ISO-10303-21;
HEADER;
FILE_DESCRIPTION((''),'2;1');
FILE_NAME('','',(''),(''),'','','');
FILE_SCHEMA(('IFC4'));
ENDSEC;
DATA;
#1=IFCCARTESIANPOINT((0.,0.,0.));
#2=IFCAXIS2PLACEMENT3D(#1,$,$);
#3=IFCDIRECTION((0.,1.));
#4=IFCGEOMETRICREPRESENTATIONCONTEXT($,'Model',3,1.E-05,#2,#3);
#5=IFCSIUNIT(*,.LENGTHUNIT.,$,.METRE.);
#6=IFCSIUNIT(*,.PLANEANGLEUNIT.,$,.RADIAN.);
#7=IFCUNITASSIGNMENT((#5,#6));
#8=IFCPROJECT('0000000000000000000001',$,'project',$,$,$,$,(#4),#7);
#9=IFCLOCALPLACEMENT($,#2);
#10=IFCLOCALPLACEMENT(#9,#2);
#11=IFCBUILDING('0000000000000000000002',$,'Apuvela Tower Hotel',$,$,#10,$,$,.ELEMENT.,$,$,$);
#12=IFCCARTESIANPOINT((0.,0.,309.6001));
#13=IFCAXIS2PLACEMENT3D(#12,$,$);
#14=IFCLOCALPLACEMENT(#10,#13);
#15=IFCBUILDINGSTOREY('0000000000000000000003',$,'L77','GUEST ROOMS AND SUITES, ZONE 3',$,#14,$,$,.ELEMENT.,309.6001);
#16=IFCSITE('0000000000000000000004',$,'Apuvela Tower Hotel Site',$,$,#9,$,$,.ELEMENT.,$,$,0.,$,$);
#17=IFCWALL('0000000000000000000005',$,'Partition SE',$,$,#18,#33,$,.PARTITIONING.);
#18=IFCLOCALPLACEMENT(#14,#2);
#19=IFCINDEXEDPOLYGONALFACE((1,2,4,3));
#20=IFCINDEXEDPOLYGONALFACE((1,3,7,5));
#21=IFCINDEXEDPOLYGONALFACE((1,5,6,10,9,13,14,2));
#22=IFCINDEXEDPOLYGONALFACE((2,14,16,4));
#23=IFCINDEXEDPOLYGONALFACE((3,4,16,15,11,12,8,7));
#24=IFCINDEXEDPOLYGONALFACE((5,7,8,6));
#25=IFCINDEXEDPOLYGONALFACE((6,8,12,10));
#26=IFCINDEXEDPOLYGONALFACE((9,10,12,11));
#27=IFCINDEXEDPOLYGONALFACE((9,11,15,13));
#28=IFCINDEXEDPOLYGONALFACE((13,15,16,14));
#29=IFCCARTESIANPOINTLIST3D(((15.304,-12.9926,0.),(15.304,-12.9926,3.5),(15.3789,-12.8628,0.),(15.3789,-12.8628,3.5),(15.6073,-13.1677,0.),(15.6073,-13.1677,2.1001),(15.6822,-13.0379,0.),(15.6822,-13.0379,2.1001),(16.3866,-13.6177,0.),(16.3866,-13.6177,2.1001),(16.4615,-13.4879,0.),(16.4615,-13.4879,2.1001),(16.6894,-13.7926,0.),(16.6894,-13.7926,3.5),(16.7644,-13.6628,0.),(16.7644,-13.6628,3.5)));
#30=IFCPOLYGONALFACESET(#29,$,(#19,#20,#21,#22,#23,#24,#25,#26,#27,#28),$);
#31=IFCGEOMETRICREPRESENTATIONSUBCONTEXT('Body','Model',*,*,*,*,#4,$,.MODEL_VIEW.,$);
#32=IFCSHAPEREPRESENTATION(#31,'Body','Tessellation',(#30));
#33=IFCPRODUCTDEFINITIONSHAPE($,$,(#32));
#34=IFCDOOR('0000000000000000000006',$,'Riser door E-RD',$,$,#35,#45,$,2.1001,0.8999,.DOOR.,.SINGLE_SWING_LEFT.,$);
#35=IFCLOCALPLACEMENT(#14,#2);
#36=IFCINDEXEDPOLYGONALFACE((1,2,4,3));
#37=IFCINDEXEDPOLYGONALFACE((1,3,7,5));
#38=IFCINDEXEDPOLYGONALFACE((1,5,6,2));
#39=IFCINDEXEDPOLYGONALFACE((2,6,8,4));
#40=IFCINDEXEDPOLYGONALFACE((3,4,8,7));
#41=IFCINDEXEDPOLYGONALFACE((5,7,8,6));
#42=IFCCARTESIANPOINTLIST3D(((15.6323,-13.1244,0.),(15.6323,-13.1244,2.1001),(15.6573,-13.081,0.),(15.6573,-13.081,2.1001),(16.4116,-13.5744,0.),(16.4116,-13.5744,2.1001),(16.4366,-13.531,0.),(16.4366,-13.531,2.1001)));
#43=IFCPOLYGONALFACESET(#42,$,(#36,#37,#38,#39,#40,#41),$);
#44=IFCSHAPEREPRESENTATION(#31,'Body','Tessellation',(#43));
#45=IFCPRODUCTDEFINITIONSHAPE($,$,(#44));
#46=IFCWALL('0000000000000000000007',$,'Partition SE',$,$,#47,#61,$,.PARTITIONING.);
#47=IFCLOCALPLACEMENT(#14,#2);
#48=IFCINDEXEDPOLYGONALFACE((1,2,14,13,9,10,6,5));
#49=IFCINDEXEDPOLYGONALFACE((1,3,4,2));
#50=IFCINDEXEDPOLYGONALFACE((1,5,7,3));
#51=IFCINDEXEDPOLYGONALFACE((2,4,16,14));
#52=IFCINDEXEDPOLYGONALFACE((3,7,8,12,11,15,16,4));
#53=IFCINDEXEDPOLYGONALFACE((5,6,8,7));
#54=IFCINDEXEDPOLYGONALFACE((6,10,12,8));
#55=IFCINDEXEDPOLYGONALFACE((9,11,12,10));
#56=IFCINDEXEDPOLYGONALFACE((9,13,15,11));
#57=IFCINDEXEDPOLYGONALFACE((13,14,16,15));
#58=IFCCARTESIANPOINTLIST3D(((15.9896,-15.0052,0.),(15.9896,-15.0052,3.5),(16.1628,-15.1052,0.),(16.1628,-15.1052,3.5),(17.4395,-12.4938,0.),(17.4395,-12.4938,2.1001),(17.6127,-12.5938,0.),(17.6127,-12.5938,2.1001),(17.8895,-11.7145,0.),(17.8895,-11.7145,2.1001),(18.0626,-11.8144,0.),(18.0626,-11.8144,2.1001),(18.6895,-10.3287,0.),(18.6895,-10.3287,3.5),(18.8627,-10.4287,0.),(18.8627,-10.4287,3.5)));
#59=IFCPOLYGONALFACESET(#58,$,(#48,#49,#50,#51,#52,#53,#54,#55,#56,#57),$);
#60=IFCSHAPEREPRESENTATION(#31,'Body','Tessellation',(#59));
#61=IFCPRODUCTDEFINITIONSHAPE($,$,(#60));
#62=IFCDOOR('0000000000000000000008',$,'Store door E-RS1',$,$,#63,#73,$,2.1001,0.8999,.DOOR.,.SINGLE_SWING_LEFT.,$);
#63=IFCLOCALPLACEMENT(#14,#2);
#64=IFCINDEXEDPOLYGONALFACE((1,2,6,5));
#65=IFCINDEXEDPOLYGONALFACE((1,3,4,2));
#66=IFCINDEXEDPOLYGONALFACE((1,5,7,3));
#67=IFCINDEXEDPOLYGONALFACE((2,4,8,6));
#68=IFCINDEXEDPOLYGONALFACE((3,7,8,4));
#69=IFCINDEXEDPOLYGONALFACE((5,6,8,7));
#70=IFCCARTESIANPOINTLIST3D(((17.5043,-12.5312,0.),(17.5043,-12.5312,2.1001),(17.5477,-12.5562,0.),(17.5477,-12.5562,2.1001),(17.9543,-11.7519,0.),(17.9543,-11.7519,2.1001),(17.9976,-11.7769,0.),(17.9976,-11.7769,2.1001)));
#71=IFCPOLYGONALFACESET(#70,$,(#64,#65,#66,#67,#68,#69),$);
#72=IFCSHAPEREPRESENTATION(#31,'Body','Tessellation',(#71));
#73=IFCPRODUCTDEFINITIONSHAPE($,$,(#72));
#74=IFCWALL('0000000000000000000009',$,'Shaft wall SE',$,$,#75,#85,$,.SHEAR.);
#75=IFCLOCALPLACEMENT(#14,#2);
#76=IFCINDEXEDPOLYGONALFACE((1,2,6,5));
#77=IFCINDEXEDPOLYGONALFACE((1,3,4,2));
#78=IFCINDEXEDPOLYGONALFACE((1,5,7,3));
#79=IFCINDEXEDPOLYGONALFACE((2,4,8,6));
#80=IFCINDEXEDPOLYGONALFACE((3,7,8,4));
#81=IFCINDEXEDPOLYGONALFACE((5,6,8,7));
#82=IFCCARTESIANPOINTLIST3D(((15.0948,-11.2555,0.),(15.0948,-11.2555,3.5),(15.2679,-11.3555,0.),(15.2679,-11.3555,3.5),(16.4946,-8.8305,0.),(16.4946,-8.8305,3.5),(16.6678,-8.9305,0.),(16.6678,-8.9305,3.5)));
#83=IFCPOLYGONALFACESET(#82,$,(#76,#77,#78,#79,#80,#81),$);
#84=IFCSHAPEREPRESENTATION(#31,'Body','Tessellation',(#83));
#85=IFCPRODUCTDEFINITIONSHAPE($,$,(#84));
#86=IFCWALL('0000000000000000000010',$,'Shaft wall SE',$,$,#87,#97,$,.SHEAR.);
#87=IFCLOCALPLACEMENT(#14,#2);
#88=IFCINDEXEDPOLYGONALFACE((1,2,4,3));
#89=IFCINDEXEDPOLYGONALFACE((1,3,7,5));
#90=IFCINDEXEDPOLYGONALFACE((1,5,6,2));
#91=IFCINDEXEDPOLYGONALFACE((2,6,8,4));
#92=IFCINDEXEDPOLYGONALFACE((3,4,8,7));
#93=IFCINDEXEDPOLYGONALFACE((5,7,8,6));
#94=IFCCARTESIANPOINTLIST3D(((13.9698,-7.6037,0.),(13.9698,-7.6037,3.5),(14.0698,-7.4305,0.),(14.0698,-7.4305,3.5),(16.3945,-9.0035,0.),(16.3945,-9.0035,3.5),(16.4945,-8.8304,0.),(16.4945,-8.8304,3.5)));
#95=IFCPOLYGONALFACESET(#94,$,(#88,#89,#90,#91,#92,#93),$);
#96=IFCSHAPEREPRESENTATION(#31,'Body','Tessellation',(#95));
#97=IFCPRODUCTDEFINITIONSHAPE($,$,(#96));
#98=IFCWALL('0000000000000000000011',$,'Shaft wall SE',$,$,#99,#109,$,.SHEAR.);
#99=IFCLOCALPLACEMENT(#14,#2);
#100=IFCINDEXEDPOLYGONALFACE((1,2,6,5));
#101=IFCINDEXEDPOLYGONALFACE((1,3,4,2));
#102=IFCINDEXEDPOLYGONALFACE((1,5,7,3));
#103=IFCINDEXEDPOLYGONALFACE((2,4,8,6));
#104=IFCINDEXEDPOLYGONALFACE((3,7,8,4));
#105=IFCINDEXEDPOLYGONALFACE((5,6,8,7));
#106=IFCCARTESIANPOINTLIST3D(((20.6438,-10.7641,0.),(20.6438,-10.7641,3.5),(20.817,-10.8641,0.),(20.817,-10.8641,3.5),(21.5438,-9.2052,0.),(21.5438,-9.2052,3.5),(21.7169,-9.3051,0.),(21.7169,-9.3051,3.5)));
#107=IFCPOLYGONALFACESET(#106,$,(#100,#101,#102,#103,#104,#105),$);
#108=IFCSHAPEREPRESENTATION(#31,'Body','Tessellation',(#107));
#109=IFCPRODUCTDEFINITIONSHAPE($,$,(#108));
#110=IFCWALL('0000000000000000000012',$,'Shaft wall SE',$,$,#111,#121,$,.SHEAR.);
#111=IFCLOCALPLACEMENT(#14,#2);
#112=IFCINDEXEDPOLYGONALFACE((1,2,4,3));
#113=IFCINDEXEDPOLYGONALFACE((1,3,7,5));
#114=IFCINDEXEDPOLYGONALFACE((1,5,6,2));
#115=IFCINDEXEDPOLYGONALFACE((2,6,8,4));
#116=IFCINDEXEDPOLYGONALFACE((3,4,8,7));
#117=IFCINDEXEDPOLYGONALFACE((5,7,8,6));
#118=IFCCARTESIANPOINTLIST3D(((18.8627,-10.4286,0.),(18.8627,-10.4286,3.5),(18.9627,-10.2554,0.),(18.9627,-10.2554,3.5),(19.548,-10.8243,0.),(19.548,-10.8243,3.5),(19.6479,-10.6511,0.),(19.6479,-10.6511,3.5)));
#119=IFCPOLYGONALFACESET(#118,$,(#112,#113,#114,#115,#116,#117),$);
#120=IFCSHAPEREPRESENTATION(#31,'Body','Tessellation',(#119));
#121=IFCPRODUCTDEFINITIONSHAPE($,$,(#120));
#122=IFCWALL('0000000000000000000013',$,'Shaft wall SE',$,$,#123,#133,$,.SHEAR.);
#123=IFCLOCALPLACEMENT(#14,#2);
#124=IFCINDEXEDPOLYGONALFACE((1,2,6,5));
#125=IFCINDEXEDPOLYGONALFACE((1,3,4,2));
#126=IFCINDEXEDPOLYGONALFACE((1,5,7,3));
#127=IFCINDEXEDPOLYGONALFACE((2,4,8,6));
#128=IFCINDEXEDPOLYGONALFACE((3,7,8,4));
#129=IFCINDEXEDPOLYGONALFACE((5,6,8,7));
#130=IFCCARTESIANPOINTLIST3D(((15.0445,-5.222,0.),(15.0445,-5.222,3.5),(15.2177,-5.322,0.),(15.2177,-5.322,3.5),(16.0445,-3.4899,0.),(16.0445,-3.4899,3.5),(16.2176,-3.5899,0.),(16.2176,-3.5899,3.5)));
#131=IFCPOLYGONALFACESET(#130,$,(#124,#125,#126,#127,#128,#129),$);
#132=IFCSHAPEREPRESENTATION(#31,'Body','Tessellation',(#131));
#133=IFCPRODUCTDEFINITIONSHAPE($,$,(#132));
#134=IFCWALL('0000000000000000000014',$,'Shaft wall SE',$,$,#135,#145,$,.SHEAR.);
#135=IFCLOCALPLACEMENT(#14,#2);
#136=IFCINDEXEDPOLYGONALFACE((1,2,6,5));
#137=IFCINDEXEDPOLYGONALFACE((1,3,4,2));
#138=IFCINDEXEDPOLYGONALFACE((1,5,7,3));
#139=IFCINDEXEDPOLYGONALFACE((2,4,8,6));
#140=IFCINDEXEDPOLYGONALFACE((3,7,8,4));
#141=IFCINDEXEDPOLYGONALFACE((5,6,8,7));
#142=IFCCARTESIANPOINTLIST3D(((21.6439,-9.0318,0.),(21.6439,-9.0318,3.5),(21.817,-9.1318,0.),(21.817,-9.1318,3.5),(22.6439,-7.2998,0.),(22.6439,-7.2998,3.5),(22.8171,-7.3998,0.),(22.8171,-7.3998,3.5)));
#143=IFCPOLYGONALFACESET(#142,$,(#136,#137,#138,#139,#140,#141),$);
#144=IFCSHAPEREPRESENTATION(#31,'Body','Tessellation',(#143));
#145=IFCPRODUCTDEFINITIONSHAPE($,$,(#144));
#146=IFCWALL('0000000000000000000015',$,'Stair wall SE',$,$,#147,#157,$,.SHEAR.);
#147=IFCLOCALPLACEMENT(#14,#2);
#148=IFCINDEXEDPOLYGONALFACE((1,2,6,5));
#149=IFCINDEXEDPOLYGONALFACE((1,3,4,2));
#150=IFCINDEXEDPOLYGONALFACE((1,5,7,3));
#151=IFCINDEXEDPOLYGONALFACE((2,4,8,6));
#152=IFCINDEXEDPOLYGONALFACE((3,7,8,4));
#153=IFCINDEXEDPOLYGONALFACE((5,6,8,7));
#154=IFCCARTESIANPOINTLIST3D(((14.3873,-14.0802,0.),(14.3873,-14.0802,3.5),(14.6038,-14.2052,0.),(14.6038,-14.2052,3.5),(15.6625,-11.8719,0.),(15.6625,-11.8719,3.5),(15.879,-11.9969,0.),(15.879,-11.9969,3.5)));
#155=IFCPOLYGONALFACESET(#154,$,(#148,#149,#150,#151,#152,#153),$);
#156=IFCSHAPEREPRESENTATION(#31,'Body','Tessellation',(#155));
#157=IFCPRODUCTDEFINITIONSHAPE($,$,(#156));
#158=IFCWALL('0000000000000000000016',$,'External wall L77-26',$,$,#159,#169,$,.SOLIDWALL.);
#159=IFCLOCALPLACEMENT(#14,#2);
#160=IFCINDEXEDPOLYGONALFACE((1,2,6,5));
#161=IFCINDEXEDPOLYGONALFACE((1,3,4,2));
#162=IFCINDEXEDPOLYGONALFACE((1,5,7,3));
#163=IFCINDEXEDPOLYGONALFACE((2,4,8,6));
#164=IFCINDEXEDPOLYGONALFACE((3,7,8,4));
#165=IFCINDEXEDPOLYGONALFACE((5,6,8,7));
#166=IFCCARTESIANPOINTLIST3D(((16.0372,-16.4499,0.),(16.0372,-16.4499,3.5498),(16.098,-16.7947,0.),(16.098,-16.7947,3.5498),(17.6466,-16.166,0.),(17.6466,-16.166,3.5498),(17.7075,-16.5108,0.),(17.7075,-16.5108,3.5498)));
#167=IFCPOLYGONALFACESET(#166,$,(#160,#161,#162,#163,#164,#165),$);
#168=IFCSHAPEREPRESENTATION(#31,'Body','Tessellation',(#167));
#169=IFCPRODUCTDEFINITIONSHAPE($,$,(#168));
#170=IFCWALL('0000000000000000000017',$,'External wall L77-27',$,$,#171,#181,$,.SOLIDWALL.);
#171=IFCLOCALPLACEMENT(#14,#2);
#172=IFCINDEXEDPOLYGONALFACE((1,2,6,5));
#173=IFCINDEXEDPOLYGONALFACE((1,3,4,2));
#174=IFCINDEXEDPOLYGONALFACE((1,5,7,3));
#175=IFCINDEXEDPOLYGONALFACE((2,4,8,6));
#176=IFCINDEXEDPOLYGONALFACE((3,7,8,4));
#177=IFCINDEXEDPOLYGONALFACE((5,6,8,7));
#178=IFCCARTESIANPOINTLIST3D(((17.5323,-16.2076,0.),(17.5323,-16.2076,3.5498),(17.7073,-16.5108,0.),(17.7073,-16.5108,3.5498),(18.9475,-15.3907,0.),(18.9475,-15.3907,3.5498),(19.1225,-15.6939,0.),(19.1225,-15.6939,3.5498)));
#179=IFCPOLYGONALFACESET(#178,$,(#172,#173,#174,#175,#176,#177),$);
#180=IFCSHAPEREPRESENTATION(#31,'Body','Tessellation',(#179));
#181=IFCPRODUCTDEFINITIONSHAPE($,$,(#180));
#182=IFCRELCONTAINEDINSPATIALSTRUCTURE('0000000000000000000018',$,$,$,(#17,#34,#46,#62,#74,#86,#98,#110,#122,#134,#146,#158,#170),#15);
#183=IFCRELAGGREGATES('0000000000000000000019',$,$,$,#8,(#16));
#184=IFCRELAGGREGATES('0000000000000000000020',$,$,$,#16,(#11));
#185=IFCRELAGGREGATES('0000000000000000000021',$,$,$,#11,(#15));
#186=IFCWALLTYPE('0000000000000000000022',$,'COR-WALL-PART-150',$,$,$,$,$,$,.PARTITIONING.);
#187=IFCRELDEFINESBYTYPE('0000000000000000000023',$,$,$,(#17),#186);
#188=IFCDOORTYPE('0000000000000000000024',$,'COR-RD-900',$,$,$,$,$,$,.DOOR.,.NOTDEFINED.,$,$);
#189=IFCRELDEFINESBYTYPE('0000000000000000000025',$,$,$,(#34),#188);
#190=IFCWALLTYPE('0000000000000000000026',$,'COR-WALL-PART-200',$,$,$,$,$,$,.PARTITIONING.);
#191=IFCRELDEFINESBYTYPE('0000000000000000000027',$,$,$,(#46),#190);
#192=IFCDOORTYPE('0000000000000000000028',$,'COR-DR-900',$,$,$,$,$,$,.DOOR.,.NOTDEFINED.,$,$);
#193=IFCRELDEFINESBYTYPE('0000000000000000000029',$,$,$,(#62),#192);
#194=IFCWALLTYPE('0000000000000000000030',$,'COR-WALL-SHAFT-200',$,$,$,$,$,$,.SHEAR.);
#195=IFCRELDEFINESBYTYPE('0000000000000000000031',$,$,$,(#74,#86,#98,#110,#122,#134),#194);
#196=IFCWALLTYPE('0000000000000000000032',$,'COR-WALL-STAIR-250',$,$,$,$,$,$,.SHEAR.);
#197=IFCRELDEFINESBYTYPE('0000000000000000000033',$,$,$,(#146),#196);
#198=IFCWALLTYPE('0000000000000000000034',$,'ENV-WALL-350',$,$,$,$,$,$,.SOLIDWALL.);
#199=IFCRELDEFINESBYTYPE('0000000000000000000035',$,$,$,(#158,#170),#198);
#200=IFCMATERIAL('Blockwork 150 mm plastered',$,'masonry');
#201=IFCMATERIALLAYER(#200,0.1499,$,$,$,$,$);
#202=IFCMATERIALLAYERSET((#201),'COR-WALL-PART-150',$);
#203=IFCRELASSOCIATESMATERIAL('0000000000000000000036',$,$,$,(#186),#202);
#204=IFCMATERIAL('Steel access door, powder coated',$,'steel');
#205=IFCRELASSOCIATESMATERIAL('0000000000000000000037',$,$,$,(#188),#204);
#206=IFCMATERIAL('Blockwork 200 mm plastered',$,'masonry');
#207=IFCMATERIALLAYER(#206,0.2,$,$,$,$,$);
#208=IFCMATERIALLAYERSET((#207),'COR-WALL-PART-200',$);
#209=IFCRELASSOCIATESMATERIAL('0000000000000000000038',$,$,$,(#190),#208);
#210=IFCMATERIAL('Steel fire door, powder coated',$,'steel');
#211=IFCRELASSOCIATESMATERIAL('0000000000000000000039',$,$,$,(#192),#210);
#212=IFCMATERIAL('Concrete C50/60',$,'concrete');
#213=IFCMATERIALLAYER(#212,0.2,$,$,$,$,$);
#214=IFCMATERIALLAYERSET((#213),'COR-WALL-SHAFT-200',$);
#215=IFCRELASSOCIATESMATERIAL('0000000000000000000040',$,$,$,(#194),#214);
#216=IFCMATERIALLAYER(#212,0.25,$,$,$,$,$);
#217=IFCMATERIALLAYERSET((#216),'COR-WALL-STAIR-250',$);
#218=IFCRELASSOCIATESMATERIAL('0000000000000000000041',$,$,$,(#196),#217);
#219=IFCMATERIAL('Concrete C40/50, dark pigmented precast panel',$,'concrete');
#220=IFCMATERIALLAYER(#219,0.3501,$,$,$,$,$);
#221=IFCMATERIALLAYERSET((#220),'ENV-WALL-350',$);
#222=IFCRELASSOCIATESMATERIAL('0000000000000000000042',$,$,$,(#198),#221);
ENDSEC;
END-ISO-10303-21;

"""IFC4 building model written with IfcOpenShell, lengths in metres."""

from ifc_helpers import new_model, si_unit, direction, frame, frame_2d, origin, place, context, subcontext, project, spatial, rectangle, extrude, material, layer, layer_set, type_object, element, fill, save


model = new_model("IFC4")

# Units and contexts
model_context = context("Model", 3, precision=1e-05, world=origin(), true_north=direction((0.0, 1.0)))
body_context = subcontext(model_context, "Body", "Model", "MODEL_VIEW")
ifc_project = project(units=[si_unit("LENGTHUNIT", "METRE"), si_unit("PLANEANGLEUNIT", "RADIAN")], contexts=[model_context])

# Site, building, storey
site_placement = place(None, origin())
site = spatial("IfcSite", under=ifc_project, at=site_placement, Name="Apuvela Tower Hotel Site", CompositionType="ELEMENT", RefElevation=0.0)
building_placement = place(site_placement, origin())
building = spatial("IfcBuilding", under=site, at=building_placement, Name="Apuvela Tower Hotel", CompositionType="ELEMENT")
storey_placement = place(building_placement, frame((0.0, 0.0, 309.6001)))
storey = spatial("IfcBuildingStorey", under=building, at=storey_placement, Name="L77", Description="GUEST ROOMS AND SUITES, ZONE 3", CompositionType="ELEMENT", Elevation=309.6001)

# Shared definitions
ifc_material_1 = material(Name="Concrete C50/60", Category="concrete")

# Walls, openings, doors
ifc_material_2 = material(Name="Blockwork 150 mm plastered", Category="masonry")
ifc_layer_1 = layer(ifc_material_2, 0.1499)
ifc_layer_set_1 = layer_set([ifc_layer_1], Name="COR-WALL-PART-150")
wall_type_1 = type_object("IfcWallType", Name="COR-WALL-PART-150", PredefinedType="PARTITIONING", material=ifc_layer_set_1)
wall_1_placement = place(storey_placement, frame((15.3416, -12.9277, 0.0), z_axis=(0.0, 0.0, 1.0), x_axis=(0.86599, -0.500061, 0.0)))
wall_1 = element("IfcWall", 1, at=wall_1_placement, inside=storey, type_object=wall_type_1, Name="Partition SE", PredefinedType="PARTITIONING", context=body_context, shape_type="SweptSolid", body=[
    extrude(rectangle(XDim=1.5999, YDim=0.1499, at=frame_2d((0.7998, 0.0))), origin(), (0.0, 0.0, 1.0), 3.5),
])
opening_1_placement = place(wall_1_placement, frame((0.3501, 0.0, 0.0)))
opening_1 = element("IfcOpeningElement", 2, at=opening_1_placement, cuts=wall_1, PredefinedType="OPENING", context=body_context, shape_type="SweptSolid", body=[
    extrude(rectangle(XDim=0.8999, YDim=2.1001, at=frame_2d((0.45, 1.05))), frame((0.0, 0.085, 0.0), z_axis=(0.0, -1.0, 0.0), x_axis=(1.0, 0.0, 0.0)), (0.0, 0.0, 1.0), 0.1699),
])
ifc_material_3 = material(Name="Steel access door, powder coated", Category="steel")
door_type_1 = type_object("IfcDoorType", Name="COR-RD-900", OperationType="NOTDEFINED", PredefinedType="DOOR", material=ifc_material_3)
door_1_placement = place(opening_1_placement, frame((0.8999, 0.0, 0.0), z_axis=(0.0, 0.0, 1.0), x_axis=(-1.0, 0.0, 0.0)))
door_1 = element("IfcDoor", 3, at=door_1_placement, inside=storey, type_object=door_type_1, Name="Riser door E-RD", OperationType="SINGLE_SWING_LEFT", OverallHeight=2.1001, OverallWidth=0.8999, PredefinedType="DOOR", context=body_context, shape_type="SweptSolid", body=[
    extrude(rectangle(XDim=0.8999, YDim=2.1001, at=frame_2d((0.45, 1.05))), frame((0.0, 0.0249, 0.0), z_axis=(0.0, -1.0, 0.0), x_axis=(1.0, 0.0, 0.0)), (0.0, 0.0, 1.0), 0.05),
])
fill(opening_1, door_1)
ifc_material_4 = material(Name="Blockwork 200 mm plastered", Category="masonry")
ifc_layer_2 = layer(ifc_material_4, 0.2)
ifc_layer_set_2 = layer_set([ifc_layer_2], Name="COR-WALL-PART-200")
wall_type_2 = type_object("IfcWallType", Name="COR-WALL-PART-200", PredefinedType="PARTITIONING", material=ifc_layer_set_2)
wall_2_placement = place(storey_placement, frame((16.0762, -15.0552, 0.0), z_axis=(0.0, 0.0, 1.0), x_axis=(0.499995, 0.866028, 0.0)))
wall_2 = element("IfcWall", 4, at=wall_2_placement, inside=storey, type_object=wall_type_2, Name="Partition SE", PredefinedType="PARTITIONING", context=body_context, shape_type="SweptSolid", body=[
    extrude(rectangle(XDim=5.3999, YDim=0.2, at=frame_2d((2.7, 0.0))), origin(), (0.0, 0.0, 1.0), 3.5),
])
opening_2_placement = place(wall_2_placement, frame((2.8999, 0.0, 0.0)))
opening_2 = element("IfcOpeningElement", 5, at=opening_2_placement, cuts=wall_2, PredefinedType="OPENING", context=body_context, shape_type="SweptSolid", body=[
    extrude(rectangle(XDim=0.8999, YDim=2.1001, at=frame_2d((0.45, 1.05))), frame((0.0, 0.1099, 0.0), z_axis=(0.0, -1.0, 0.0), x_axis=(1.0, 0.0, 0.0)), (0.0, 0.0, 1.0), 0.22),
])
ifc_material_5 = material(Name="Steel fire door, powder coated", Category="steel")
door_type_2 = type_object("IfcDoorType", Name="COR-DR-900", OperationType="NOTDEFINED", PredefinedType="DOOR", material=ifc_material_5)
door_2_placement = place(opening_2_placement, frame((0.8999, 0.0, 0.0), z_axis=(0.0, 0.0, 1.0), x_axis=(-1.0, 0.0, 0.0)))
door_2 = element("IfcDoor", 6, at=door_2_placement, inside=storey, type_object=door_type_2, Name="Store door E-RS1", OperationType="SINGLE_SWING_LEFT", OverallHeight=2.1001, OverallWidth=0.8999, PredefinedType="DOOR", context=body_context, shape_type="SweptSolid", body=[
    extrude(rectangle(XDim=0.8999, YDim=2.1001, at=frame_2d((0.45, 1.05))), frame((0.0, 0.0249, 0.0), z_axis=(0.0, -1.0, 0.0), x_axis=(1.0, 0.0, 0.0)), (0.0, 0.0, 1.0), 0.05),
])
fill(opening_2, door_2)

# Walls
ifc_layer_3 = layer(ifc_material_1, 0.2)
ifc_layer_set_3 = layer_set([ifc_layer_3], Name="COR-WALL-SHAFT-200")
wall_type_3 = type_object("IfcWallType", Name="COR-WALL-SHAFT-200", PredefinedType="SHEAR", material=ifc_layer_set_3)
wall_3_placement = place(storey_placement, frame((15.1814, -11.3054, 0.0), z_axis=(0.0, 0.0, 1.0), x_axis=(0.499946, 0.866056, 0.0)))
element("IfcWall", 7, at=wall_3_placement, inside=storey, type_object=wall_type_3, Name="Shaft wall SE", PredefinedType="SHEAR", context=body_context, shape_type="SweptSolid", body=[
    extrude(rectangle(XDim=2.8, YDim=0.2, at=frame_2d((1.3999, 0.0))), origin(), (0.0, 0.0, 1.0), 3.5),
])
wall_4_placement = place(storey_placement, frame((14.0198, -7.5171, 0.0), z_axis=(0.0, 0.0, 1.0), x_axis=(0.866035, -0.499984, 0.0)))
element("IfcWall", 8, at=wall_4_placement, inside=storey, type_object=wall_type_3, Name="Shaft wall SE", PredefinedType="SHEAR", context=body_context, shape_type="SweptSolid", body=[
    extrude(rectangle(XDim=2.7998, YDim=0.2, at=frame_2d((1.3999, 0.0))), origin(), (0.0, 0.0, 1.0), 3.5),
])
wall_5_placement = place(storey_placement, frame((20.7305, -10.814, 0.0), z_axis=(0.0, 0.0, 1.0), x_axis=(0.499961, 0.866048, 0.0)))
element("IfcWall", 9, at=wall_5_placement, inside=storey, type_object=wall_type_3, Name="Shaft wall SE", PredefinedType="SHEAR", context=body_context, shape_type="SweptSolid", body=[
    extrude(rectangle(XDim=1.8, YDim=0.2, at=frame_2d((0.8999, 0.0))), origin(), (0.0, 0.0, 1.0), 3.5),
])
wall_6_placement = place(storey_placement, frame((18.9128, -10.342, 0.0), z_axis=(0.0, 0.0, 1.0), x_axis=(0.865975, -0.500087, 0.0)))
element("IfcWall", 10, at=wall_6_placement, inside=storey, type_object=wall_type_3, Name="Shaft wall SE", PredefinedType="SHEAR", context=body_context, shape_type="SweptSolid", body=[
    extrude(rectangle(XDim=0.7913, YDim=0.2, at=frame_2d((0.3955, 0.0))), origin(), (0.0, 0.0, 1.0), 3.5),
])
for number, where, z_axis, x_axis, name in (
    (11, (15.1311, -5.272, 0.0), (0.0, 0.0, 1.0), (0.499973, 0.866041, 0.0), "Shaft wall SE"),
    (12, (21.7305, -9.0818, 0.0), (0.0, 0.0, 1.0), (0.500025, 0.866011, 0.0), "Shaft wall SE"),
):
    element("IfcWall", number, at=place(storey_placement, frame(where, z_axis=z_axis, x_axis=x_axis)), inside=storey, type_object=wall_type_3, Name=name, PredefinedType="SHEAR", context=body_context, shape_type="SweptSolid", body=[
        extrude(rectangle(XDim=2.0, YDim=0.2, at=frame_2d((1.0, 0.0))), origin(), (0.0, 0.0, 1.0), 3.5),
    ])
ifc_layer_4 = layer(ifc_material_1, 0.25)
ifc_layer_set_4 = layer_set([ifc_layer_4], Name="COR-WALL-STAIR-250")
wall_type_4 = type_object("IfcWallType", Name="COR-WALL-STAIR-250", PredefinedType="SHEAR", material=ifc_layer_set_4)
wall_7_placement = place(storey_placement, frame((14.4956, -14.1426, 0.0), z_axis=(0.0, 0.0, 1.0), x_axis=(0.500062, 0.865989, 0.0)))
element("IfcWall", 13, at=wall_7_placement, inside=storey, type_object=wall_type_4, Name="Stair wall SE", PredefinedType="SHEAR", context=body_context, shape_type="SweptSolid", body=[
    extrude(rectangle(XDim=2.55, YDim=0.25, at=frame_2d((1.2749, 0.0))), origin(), (0.0, 0.0, 1.0), 3.5),
])
ifc_material_6 = material(Name="Concrete C40/50, dark pigmented precast panel", Category="concrete")
ifc_layer_5 = layer(ifc_material_6, 0.3501)
ifc_layer_set_5 = layer_set([ifc_layer_5], Name="ENV-WALL-350")
wall_type_5 = type_object("IfcWallType", Name="ENV-WALL-350", PredefinedType="SOLIDWALL", material=ifc_layer_set_5)
wall_8_placement = place(storey_placement, frame((16.0676, -16.6223, 0.0), z_axis=(0.0, 0.0, 1.0), x_axis=(0.984791, 0.173743, 0.0)))
element("IfcWall", 14, at=wall_8_placement, inside=storey, type_object=wall_type_5, Name="External wall L77-26", PredefinedType="SOLIDWALL", context=body_context, shape_type="SweptSolid", body=[
    extrude(rectangle(XDim=1.6343, YDim=0.3501, at=frame_2d((0.8171, 0.0))), origin(), (0.0, 0.0, 1.0), 3.5498),
])
wall_9_placement = place(storey_placement, frame((17.6199, -16.3591, 0.0), z_axis=(0.0, 0.0, 1.0), x_axis=(0.866084, 0.499899, 0.0)))
element("IfcWall", 15, at=wall_9_placement, inside=storey, type_object=wall_type_5, Name="External wall L77-27", PredefinedType="SOLIDWALL", context=body_context, shape_type="SweptSolid", body=[
    extrude(rectangle(XDim=1.634, YDim=0.3501, at=frame_2d((0.8169, 0.0))), origin(), (0.0, 0.0, 1.0), 3.5498),
])

save(model, "model.ifc")
